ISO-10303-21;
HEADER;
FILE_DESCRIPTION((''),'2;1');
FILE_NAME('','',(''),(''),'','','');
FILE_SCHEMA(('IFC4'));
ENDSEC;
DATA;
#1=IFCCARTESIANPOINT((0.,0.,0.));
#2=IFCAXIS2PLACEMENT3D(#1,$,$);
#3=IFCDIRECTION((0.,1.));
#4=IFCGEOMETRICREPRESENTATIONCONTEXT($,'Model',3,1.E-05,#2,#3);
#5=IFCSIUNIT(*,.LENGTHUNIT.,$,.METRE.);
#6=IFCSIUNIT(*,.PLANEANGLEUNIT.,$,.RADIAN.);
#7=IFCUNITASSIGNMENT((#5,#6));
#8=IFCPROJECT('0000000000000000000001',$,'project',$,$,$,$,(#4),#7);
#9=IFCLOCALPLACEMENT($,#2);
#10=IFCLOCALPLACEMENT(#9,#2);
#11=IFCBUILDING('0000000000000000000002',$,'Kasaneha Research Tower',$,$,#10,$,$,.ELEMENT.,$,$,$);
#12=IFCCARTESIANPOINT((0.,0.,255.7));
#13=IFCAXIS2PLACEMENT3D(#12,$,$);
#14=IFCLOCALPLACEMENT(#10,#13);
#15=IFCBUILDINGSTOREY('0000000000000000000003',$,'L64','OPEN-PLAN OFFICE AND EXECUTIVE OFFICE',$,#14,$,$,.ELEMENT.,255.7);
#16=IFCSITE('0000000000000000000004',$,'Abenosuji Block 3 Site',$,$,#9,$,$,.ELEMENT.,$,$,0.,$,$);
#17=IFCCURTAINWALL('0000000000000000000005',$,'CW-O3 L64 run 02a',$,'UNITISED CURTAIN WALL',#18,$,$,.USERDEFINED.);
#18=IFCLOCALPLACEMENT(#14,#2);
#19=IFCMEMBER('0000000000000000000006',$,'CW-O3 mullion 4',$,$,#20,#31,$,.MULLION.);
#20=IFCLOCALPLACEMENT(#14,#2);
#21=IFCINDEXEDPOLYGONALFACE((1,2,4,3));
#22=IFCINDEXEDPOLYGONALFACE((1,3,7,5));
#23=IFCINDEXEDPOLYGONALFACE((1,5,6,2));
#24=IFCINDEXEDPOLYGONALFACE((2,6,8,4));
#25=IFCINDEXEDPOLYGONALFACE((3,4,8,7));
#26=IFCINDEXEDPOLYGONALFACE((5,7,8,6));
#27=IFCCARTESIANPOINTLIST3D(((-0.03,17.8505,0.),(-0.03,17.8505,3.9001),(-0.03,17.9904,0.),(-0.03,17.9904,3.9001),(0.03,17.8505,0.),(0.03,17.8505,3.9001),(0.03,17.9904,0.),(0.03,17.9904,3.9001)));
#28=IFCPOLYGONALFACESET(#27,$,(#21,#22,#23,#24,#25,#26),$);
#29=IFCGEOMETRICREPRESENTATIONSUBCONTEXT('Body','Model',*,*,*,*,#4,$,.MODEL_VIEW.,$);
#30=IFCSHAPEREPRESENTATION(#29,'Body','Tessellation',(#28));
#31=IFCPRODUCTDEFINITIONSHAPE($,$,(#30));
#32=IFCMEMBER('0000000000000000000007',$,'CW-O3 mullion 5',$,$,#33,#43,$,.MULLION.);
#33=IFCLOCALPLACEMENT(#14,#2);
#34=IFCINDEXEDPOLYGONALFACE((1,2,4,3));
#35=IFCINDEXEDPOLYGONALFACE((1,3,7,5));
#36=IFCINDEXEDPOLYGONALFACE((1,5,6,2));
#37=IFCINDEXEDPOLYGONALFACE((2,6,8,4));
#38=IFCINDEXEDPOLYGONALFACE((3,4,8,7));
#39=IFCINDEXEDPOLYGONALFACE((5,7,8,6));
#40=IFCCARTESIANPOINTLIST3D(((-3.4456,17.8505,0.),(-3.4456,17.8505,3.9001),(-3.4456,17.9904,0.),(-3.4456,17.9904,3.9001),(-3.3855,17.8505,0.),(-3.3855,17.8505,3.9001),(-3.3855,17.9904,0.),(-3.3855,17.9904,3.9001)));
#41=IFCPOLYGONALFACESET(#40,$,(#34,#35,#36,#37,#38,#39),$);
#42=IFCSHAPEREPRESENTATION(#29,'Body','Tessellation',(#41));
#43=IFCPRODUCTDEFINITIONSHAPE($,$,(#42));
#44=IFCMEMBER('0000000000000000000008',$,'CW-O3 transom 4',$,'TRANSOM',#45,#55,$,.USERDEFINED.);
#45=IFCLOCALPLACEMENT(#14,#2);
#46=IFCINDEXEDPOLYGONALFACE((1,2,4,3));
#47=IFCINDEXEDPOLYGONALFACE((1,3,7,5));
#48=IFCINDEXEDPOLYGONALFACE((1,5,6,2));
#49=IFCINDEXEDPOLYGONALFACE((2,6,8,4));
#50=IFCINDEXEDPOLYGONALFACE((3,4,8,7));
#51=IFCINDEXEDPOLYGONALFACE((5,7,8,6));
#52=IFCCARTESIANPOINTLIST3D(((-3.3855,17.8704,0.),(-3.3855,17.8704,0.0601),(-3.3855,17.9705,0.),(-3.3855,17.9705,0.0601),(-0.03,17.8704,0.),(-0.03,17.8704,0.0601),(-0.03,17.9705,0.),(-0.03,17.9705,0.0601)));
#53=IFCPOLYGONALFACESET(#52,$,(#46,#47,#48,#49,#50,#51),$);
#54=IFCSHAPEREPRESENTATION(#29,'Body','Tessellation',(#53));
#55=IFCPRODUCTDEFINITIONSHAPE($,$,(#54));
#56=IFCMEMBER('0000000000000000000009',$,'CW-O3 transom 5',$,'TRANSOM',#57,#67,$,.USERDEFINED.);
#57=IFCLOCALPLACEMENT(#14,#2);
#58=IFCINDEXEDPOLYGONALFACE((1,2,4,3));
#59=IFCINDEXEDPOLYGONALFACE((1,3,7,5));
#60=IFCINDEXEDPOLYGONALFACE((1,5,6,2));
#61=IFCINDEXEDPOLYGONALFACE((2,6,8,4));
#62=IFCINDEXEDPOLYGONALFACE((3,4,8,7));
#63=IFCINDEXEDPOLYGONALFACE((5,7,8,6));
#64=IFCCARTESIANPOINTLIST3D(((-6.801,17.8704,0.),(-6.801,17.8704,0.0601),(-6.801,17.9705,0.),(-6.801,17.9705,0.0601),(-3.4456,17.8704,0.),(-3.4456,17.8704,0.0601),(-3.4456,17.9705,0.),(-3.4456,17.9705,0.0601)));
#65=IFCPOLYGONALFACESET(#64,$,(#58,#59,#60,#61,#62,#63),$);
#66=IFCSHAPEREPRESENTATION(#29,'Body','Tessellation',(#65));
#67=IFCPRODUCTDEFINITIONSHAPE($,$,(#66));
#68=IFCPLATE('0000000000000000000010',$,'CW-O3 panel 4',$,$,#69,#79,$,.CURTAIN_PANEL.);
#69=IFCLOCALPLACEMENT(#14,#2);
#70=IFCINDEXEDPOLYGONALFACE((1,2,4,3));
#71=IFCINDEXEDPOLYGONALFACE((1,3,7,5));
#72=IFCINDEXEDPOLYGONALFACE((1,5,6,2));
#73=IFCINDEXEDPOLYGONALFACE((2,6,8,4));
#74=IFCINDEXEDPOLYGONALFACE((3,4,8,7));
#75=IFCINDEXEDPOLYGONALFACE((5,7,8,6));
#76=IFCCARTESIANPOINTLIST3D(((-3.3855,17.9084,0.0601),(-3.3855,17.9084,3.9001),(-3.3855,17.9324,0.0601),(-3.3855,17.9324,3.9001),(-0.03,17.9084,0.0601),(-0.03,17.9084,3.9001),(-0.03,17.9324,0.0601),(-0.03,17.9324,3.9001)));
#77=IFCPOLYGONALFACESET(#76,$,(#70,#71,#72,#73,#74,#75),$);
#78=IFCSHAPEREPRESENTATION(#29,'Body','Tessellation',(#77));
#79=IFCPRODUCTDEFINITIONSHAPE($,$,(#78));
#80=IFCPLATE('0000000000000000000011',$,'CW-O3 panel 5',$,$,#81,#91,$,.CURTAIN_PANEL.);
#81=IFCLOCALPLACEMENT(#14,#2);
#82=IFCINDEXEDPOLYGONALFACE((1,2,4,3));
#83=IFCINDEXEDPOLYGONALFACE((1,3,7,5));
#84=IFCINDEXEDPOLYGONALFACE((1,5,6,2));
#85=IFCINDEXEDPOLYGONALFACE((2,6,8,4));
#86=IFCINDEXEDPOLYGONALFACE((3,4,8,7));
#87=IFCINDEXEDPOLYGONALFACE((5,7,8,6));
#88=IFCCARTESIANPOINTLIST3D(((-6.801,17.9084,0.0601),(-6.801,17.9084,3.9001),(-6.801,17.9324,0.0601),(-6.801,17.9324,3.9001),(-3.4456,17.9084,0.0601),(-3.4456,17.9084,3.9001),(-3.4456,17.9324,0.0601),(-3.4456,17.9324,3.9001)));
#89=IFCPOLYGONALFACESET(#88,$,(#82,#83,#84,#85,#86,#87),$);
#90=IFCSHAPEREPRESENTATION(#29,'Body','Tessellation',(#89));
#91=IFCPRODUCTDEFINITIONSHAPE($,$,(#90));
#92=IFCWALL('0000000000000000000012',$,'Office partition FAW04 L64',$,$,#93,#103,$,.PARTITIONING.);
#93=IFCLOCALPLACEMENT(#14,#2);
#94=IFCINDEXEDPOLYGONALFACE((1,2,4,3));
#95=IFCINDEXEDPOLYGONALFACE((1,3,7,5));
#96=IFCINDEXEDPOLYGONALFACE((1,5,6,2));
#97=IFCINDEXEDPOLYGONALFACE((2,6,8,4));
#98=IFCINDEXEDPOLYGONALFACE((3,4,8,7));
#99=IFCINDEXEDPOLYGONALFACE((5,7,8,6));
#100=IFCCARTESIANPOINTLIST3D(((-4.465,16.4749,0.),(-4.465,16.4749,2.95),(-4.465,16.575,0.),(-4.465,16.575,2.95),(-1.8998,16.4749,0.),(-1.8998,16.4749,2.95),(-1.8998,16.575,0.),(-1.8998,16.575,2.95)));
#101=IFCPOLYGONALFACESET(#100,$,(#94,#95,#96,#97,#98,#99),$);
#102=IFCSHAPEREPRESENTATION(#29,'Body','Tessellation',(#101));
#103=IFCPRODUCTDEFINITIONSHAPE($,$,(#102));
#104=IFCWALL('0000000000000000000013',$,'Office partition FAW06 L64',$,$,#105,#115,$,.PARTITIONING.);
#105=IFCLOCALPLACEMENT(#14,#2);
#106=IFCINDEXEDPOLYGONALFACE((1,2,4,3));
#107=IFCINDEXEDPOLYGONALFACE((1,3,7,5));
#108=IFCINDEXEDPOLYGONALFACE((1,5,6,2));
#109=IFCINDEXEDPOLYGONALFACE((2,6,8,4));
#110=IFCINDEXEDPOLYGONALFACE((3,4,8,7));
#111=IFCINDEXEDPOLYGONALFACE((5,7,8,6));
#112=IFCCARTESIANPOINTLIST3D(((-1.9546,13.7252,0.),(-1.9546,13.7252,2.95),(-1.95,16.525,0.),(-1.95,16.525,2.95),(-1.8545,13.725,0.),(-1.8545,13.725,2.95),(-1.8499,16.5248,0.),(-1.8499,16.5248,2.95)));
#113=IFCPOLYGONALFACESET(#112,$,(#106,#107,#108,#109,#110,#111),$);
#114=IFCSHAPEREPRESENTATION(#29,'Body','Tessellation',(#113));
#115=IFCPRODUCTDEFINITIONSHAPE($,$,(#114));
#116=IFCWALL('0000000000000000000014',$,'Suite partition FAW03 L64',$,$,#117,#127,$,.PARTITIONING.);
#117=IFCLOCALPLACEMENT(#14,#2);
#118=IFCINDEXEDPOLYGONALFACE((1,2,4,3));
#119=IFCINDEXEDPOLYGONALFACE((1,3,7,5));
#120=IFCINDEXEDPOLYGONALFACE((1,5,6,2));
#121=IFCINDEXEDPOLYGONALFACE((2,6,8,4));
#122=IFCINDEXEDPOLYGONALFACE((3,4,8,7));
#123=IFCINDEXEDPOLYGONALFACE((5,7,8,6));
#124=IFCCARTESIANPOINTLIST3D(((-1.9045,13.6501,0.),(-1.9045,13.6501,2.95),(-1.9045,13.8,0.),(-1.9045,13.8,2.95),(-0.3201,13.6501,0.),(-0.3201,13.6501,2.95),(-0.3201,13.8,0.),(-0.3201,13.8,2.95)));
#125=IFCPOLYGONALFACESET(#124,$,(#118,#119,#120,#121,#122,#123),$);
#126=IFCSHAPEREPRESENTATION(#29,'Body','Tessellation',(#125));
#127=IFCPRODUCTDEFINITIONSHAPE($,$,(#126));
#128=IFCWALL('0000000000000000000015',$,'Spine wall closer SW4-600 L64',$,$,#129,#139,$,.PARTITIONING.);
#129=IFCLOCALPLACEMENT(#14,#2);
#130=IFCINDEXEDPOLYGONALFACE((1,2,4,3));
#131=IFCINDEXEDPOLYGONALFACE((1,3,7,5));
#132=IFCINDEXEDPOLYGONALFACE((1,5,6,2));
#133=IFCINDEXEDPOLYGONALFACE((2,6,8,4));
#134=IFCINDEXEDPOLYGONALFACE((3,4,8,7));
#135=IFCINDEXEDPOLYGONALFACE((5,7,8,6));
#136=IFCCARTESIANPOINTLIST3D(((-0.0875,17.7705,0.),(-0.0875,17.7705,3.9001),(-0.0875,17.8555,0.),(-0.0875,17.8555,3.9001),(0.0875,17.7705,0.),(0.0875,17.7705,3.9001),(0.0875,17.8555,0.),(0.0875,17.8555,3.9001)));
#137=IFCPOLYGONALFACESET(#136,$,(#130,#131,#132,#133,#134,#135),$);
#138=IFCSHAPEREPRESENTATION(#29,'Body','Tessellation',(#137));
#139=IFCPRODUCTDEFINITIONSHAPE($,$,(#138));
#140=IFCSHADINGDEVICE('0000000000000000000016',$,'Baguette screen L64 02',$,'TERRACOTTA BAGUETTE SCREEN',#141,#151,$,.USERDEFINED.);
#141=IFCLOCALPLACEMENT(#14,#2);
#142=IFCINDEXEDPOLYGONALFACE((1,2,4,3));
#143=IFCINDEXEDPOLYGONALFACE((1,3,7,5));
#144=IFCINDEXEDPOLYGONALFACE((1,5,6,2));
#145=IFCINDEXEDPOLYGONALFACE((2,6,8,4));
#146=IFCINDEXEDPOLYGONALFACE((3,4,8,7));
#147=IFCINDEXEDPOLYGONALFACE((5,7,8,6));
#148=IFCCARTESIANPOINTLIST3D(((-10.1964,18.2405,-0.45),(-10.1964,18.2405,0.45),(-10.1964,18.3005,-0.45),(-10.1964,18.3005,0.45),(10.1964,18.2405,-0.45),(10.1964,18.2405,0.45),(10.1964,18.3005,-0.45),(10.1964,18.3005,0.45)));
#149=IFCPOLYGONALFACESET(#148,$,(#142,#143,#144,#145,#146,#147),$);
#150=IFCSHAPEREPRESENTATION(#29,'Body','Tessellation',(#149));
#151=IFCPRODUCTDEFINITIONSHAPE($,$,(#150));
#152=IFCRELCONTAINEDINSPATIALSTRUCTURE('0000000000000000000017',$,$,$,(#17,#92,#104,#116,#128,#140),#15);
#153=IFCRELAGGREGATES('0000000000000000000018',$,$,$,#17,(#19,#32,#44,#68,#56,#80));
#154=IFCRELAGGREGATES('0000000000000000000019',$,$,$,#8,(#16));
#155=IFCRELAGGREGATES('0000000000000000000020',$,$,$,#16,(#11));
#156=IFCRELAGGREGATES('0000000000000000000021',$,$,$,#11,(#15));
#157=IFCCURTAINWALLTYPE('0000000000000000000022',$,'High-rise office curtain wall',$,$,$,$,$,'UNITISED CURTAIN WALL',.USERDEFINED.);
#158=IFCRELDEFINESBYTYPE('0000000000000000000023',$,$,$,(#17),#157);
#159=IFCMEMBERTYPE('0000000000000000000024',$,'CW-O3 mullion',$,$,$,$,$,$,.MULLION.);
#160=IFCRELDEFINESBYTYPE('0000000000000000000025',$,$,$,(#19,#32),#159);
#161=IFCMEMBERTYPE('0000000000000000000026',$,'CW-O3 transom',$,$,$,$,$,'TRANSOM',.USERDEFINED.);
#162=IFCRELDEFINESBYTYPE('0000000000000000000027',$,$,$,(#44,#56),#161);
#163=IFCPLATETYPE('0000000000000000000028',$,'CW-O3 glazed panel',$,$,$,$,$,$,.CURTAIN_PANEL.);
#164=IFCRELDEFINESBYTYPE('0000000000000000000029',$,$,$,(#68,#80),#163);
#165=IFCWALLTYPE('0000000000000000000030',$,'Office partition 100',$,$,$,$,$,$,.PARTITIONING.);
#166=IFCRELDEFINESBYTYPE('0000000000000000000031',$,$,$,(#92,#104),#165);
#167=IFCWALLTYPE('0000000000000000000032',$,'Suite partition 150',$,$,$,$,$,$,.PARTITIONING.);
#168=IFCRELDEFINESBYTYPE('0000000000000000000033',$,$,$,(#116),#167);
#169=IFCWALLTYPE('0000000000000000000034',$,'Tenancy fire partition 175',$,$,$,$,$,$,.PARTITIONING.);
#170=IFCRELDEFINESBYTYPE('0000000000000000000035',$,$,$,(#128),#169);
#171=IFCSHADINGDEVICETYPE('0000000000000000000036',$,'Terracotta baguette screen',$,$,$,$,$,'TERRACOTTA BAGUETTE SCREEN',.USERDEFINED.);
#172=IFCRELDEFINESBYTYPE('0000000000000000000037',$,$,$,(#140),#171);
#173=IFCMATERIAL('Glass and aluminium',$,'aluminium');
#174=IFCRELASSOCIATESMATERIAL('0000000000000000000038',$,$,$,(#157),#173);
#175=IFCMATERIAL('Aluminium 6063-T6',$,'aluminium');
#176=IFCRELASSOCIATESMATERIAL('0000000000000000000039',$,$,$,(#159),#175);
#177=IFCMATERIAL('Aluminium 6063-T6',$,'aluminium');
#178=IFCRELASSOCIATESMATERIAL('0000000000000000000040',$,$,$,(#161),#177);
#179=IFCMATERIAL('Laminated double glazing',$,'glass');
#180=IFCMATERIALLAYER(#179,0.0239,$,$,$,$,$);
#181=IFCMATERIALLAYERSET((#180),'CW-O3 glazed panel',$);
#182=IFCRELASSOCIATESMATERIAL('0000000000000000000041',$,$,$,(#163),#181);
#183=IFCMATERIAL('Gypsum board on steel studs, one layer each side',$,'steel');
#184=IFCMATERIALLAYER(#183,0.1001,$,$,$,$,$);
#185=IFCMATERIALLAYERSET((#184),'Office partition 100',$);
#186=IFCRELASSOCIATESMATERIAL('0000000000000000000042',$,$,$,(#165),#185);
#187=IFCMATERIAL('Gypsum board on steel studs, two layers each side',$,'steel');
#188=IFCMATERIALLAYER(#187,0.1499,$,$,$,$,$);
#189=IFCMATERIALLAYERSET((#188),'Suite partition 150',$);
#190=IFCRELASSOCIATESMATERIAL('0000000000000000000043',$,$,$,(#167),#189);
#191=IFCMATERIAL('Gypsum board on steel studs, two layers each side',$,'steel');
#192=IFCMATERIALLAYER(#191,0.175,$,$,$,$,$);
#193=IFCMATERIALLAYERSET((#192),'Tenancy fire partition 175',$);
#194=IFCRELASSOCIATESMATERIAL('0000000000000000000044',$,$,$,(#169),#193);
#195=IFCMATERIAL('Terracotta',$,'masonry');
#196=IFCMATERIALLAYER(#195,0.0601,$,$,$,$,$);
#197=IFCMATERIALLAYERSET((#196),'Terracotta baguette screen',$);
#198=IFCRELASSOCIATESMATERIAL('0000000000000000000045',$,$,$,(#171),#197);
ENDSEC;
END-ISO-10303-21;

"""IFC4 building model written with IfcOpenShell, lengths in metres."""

from ifc_helpers import new_model, si_unit, direction, frame, frame_2d, origin, origin_2d, place, context, subcontext, project, spatial, rectangle, extrude, material, layer, layer_set, material_profile, profile_set, type_object, element, aggregate, save


model = new_model("IFC4")

# Units and contexts
model_context = context("Model", 3, precision=1e-05, world=origin(), true_north=direction((0.0, 1.0)))
body_context = subcontext(model_context, "Body", "Model", "MODEL_VIEW")
ifc_project = project(units=[si_unit("LENGTHUNIT", "METRE"), si_unit("PLANEANGLEUNIT", "RADIAN")], contexts=[model_context])

# Site, building, storey
site_placement = place(None, origin())
site = spatial("IfcSite", under=ifc_project, at=site_placement, Name="Abenosuji Block 3 Site", CompositionType="ELEMENT", RefElevation=0.0)
building_placement = place(site_placement, origin())
building = spatial("IfcBuilding", under=site, at=building_placement, Name="Kasaneha Research Tower", CompositionType="ELEMENT")
storey_placement = place(building_placement, frame((0.0, 0.0, 255.7)))
storey = spatial("IfcBuildingStorey", under=building, at=storey_placement, Name="L64", Description="OPEN-PLAN OFFICE AND EXECUTIVE OFFICE", CompositionType="ELEMENT", Elevation=255.7)

# Curtain wall, members, plates
ifc_material_1 = material(Name="Glass and aluminium", Category="aluminium")
curtain_wall_type = type_object("IfcCurtainWallType", Name="High-rise office curtain wall", ElementType="UNITISED CURTAIN WALL", PredefinedType="USERDEFINED", material=ifc_material_1)
curtain_wall_placement = place(storey_placement, origin())
curtain_wall = element("IfcCurtainWall", 1, at=curtain_wall_placement, inside=storey, type_object=curtain_wall_type, Name="CW-O3 L64 run 02a", ObjectType="UNITISED CURTAIN WALL", PredefinedType="USERDEFINED")
ifc_material_2 = material(Name="Aluminium 6063-T6", Category="aluminium")
ifc_material_profile_1 = material_profile(ifc_material_2, rectangle(XDim=0.0601, YDim=0.1399, at=origin_2d()), Name="CW-O3 mullion 60x140")
ifc_profile_set_1 = profile_set([ifc_material_profile_1], Name="Aluminium 6063-T6")
member_type_1 = type_object("IfcMemberType", Name="CW-O3 mullion", PredefinedType="MULLION", material=ifc_profile_set_1)
member_1_placement = place(storey_placement, frame((0.0, 17.9204, 0.0), z_axis=(0.0, 0.0, 1.0), x_axis=(-1.0, 0.0, 0.0)))
member_1 = element("IfcMember", 2, at=member_1_placement, type_object=member_type_1, Name="CW-O3 mullion 4", PredefinedType="MULLION", context=body_context, shape_type="SweptSolid", body=[
    extrude(rectangle(XDim=0.0601, YDim=0.1399, at=origin_2d()), origin(), (0.0, 0.0, 1.0), 3.9001),
])
member_2_placement = place(storey_placement, frame((-3.4155, 17.9204, 0.0), z_axis=(0.0, 0.0, 1.0), x_axis=(-1.0, 0.0, 0.0)))
member_2 = element("IfcMember", 3, at=member_2_placement, type_object=member_type_1, Name="CW-O3 mullion 5", PredefinedType="MULLION", context=body_context, shape_type="SweptSolid", body=[
    extrude(rectangle(XDim=0.0601, YDim=0.1399, at=origin_2d()), origin(), (0.0, 0.0, 1.0), 3.9001),
])
ifc_material_3 = material(Name="Aluminium 6063-T6", Category="aluminium")
ifc_material_profile_2 = material_profile(ifc_material_3, rectangle(XDim=0.1001, YDim=0.0601, at=origin_2d()), Name="CW-O3 transom 100x60")
ifc_profile_set_2 = profile_set([ifc_material_profile_2], Name="Aluminium 6063-T6")
member_type_2 = type_object("IfcMemberType", Name="CW-O3 transom", ElementType="TRANSOM", PredefinedType="USERDEFINED", material=ifc_profile_set_2)
member_3_placement = place(storey_placement, frame((-0.03, 17.9204, 0.03), z_axis=(-1.0, 0.0, 0.0), x_axis=(0.0, -1.0, 0.0)))
member_3 = element("IfcMember", 4, at=member_3_placement, type_object=member_type_2, Name="CW-O3 transom 4", ObjectType="TRANSOM", PredefinedType="USERDEFINED", context=body_context, shape_type="SweptSolid", body=[
    extrude(rectangle(XDim=0.1001, YDim=0.0601, at=origin_2d()), origin(), (0.0, 0.0, 1.0), 3.3555),
])
member_4_placement = place(storey_placement, frame((-3.4456, 17.9204, 0.03), z_axis=(-1.0, 0.0, 0.0), x_axis=(0.0, -1.0, 0.0)))
member_4 = element("IfcMember", 5, at=member_4_placement, type_object=member_type_2, Name="CW-O3 transom 5", ObjectType="TRANSOM", PredefinedType="USERDEFINED", context=body_context, shape_type="SweptSolid", body=[
    extrude(rectangle(XDim=0.1001, YDim=0.0601, at=origin_2d()), origin(), (0.0, 0.0, 1.0), 3.3555),
])
ifc_material_4 = material(Name="Laminated double glazing", Category="glass")
ifc_layer_1 = layer(ifc_material_4, 0.0239)
ifc_layer_set_1 = layer_set([ifc_layer_1], Name="CW-O3 glazed panel")
plate_type = type_object("IfcPlateType", Name="CW-O3 glazed panel", PredefinedType="CURTAIN_PANEL", material=ifc_layer_set_1)
plate_1_placement = place(storey_placement, frame((-1.7078, 17.9204, 0.0601), z_axis=(0.0, 0.0, 1.0), x_axis=(-1.0, 0.0, 0.0)))
plate_1 = element("IfcPlate", 6, at=plate_1_placement, type_object=plate_type, Name="CW-O3 panel 4", PredefinedType="CURTAIN_PANEL", context=body_context, shape_type="SweptSolid", body=[
    extrude(rectangle(XDim=3.3555, YDim=0.0239, at=origin_2d()), origin(), (0.0, 0.0, 1.0), 3.8401),
])
plate_2_placement = place(storey_placement, frame((-5.1233, 17.9204, 0.0601), z_axis=(0.0, 0.0, 1.0), x_axis=(-1.0, 0.0, 0.0)))
plate_2 = element("IfcPlate", 7, at=plate_2_placement, type_object=plate_type, Name="CW-O3 panel 5", PredefinedType="CURTAIN_PANEL", context=body_context, shape_type="SweptSolid", body=[
    extrude(rectangle(XDim=3.3555, YDim=0.0239, at=origin_2d()), origin(), (0.0, 0.0, 1.0), 3.8401),
])
aggregate(curtain_wall, [member_1, member_2, member_3, plate_1, member_4, plate_2])

# Walls
ifc_material_5 = material(Name="Gypsum board on steel studs, one layer each side", Category="steel")
ifc_layer_2 = layer(ifc_material_5, 0.1001)
ifc_layer_set_2 = layer_set([ifc_layer_2], Name="Office partition 100")
wall_type_1 = type_object("IfcWallType", Name="Office partition 100", PredefinedType="PARTITIONING", material=ifc_layer_set_2)
wall_1_placement = place(storey_placement, frame((-4.4651, 16.5249, 0.0), z_axis=(0.0, 0.0, 1.0), x_axis=(1.0, 0.0, 0.0)))
element("IfcWall", 8, at=wall_1_placement, inside=storey, type_object=wall_type_1, Name="Office partition FAW04 L64", PredefinedType="PARTITIONING", context=body_context, shape_type="SweptSolid", body=[
    extrude(rectangle(XDim=2.5652, YDim=0.1001, at=frame_2d((1.2827, 0.0))), origin(), (0.0, 0.0, 1.0), 2.95),
])
wall_2_placement = place(storey_placement, frame((-1.8999, 16.5249, 0.0), z_axis=(0.0, 0.0, 1.0), x_axis=(-0.001657, -0.999999, 0.0)))
element("IfcWall", 9, at=wall_2_placement, inside=storey, type_object=wall_type_1, Name="Office partition FAW06 L64", PredefinedType="PARTITIONING", context=body_context, shape_type="SweptSolid", body=[
    extrude(rectangle(XDim=2.7998, YDim=0.1001, at=frame_2d((1.3999, 0.0))), origin(), (0.0, 0.0, 1.0), 2.95),
])
ifc_material_6 = material(Name="Gypsum board on steel studs, two layers each side", Category="steel")
ifc_layer_3 = layer(ifc_material_6, 0.1499)
ifc_layer_set_3 = layer_set([ifc_layer_3], Name="Suite partition 150")
wall_type_2 = type_object("IfcWallType", Name="Suite partition 150", PredefinedType="PARTITIONING", material=ifc_layer_set_3)
wall_3_placement = place(storey_placement, frame((-1.9045, 13.7251, 0.0), z_axis=(0.0, 0.0, 1.0), x_axis=(1.0, 0.0, 0.0)))
element("IfcWall", 10, at=wall_3_placement, inside=storey, type_object=wall_type_2, Name="Suite partition FAW03 L64", PredefinedType="PARTITIONING", context=body_context, shape_type="SweptSolid", body=[
    extrude(rectangle(XDim=1.5845, YDim=0.1499, at=frame_2d((0.7922, 0.0))), origin(), (0.0, 0.0, 1.0), 2.95),
])
ifc_material_7 = material(Name="Gypsum board on steel studs, two layers each side", Category="steel")
ifc_layer_4 = layer(ifc_material_7, 0.175)
ifc_layer_set_4 = layer_set([ifc_layer_4], Name="Tenancy fire partition 175")
wall_type_3 = type_object("IfcWallType", Name="Tenancy fire partition 175", PredefinedType="PARTITIONING", material=ifc_layer_set_4)
wall_4_placement = place(storey_placement, frame((0.0, 17.7705, 0.0), z_axis=(0.0, 0.0, 1.0), x_axis=(0.0, 1.0, 0.0)))
element("IfcWall", 11, at=wall_4_placement, inside=storey, type_object=wall_type_3, Name="Spine wall closer SW4-600 L64", PredefinedType="PARTITIONING", context=body_context, shape_type="SweptSolid", body=[
    extrude(rectangle(XDim=0.085, YDim=0.175, at=frame_2d((0.0425, 0.0))), origin(), (0.0, 0.0, 1.0), 3.9001),
])

# Shading device
ifc_material_8 = material(Name="Terracotta", Category="masonry")
ifc_layer_5 = layer(ifc_material_8, 0.0601)
ifc_layer_set_5 = layer_set([ifc_layer_5], Name="Terracotta baguette screen")
shading_device_type = type_object("IfcShadingDeviceType", Name="Terracotta baguette screen", ElementType="TERRACOTTA BAGUETTE SCREEN", PredefinedType="USERDEFINED", material=ifc_layer_set_5)
shading_device_placement = place(storey_placement, frame((0.0, 18.2705, -0.45), z_axis=(0.0, 0.0, 1.0), x_axis=(-1.0, 0.0, 0.0)))
element("IfcShadingDevice", 12, at=shading_device_placement, inside=storey, type_object=shading_device_type, Name="Baguette screen L64 02", ObjectType="TERRACOTTA BAGUETTE SCREEN", PredefinedType="USERDEFINED", context=body_context, shape_type="SweptSolid", body=[
    extrude(rectangle(XDim=20.3928, YDim=0.0601, at=origin_2d()), origin(), (0.0, 0.0, 1.0), 0.8999),
])

save(model, "model.ifc")
